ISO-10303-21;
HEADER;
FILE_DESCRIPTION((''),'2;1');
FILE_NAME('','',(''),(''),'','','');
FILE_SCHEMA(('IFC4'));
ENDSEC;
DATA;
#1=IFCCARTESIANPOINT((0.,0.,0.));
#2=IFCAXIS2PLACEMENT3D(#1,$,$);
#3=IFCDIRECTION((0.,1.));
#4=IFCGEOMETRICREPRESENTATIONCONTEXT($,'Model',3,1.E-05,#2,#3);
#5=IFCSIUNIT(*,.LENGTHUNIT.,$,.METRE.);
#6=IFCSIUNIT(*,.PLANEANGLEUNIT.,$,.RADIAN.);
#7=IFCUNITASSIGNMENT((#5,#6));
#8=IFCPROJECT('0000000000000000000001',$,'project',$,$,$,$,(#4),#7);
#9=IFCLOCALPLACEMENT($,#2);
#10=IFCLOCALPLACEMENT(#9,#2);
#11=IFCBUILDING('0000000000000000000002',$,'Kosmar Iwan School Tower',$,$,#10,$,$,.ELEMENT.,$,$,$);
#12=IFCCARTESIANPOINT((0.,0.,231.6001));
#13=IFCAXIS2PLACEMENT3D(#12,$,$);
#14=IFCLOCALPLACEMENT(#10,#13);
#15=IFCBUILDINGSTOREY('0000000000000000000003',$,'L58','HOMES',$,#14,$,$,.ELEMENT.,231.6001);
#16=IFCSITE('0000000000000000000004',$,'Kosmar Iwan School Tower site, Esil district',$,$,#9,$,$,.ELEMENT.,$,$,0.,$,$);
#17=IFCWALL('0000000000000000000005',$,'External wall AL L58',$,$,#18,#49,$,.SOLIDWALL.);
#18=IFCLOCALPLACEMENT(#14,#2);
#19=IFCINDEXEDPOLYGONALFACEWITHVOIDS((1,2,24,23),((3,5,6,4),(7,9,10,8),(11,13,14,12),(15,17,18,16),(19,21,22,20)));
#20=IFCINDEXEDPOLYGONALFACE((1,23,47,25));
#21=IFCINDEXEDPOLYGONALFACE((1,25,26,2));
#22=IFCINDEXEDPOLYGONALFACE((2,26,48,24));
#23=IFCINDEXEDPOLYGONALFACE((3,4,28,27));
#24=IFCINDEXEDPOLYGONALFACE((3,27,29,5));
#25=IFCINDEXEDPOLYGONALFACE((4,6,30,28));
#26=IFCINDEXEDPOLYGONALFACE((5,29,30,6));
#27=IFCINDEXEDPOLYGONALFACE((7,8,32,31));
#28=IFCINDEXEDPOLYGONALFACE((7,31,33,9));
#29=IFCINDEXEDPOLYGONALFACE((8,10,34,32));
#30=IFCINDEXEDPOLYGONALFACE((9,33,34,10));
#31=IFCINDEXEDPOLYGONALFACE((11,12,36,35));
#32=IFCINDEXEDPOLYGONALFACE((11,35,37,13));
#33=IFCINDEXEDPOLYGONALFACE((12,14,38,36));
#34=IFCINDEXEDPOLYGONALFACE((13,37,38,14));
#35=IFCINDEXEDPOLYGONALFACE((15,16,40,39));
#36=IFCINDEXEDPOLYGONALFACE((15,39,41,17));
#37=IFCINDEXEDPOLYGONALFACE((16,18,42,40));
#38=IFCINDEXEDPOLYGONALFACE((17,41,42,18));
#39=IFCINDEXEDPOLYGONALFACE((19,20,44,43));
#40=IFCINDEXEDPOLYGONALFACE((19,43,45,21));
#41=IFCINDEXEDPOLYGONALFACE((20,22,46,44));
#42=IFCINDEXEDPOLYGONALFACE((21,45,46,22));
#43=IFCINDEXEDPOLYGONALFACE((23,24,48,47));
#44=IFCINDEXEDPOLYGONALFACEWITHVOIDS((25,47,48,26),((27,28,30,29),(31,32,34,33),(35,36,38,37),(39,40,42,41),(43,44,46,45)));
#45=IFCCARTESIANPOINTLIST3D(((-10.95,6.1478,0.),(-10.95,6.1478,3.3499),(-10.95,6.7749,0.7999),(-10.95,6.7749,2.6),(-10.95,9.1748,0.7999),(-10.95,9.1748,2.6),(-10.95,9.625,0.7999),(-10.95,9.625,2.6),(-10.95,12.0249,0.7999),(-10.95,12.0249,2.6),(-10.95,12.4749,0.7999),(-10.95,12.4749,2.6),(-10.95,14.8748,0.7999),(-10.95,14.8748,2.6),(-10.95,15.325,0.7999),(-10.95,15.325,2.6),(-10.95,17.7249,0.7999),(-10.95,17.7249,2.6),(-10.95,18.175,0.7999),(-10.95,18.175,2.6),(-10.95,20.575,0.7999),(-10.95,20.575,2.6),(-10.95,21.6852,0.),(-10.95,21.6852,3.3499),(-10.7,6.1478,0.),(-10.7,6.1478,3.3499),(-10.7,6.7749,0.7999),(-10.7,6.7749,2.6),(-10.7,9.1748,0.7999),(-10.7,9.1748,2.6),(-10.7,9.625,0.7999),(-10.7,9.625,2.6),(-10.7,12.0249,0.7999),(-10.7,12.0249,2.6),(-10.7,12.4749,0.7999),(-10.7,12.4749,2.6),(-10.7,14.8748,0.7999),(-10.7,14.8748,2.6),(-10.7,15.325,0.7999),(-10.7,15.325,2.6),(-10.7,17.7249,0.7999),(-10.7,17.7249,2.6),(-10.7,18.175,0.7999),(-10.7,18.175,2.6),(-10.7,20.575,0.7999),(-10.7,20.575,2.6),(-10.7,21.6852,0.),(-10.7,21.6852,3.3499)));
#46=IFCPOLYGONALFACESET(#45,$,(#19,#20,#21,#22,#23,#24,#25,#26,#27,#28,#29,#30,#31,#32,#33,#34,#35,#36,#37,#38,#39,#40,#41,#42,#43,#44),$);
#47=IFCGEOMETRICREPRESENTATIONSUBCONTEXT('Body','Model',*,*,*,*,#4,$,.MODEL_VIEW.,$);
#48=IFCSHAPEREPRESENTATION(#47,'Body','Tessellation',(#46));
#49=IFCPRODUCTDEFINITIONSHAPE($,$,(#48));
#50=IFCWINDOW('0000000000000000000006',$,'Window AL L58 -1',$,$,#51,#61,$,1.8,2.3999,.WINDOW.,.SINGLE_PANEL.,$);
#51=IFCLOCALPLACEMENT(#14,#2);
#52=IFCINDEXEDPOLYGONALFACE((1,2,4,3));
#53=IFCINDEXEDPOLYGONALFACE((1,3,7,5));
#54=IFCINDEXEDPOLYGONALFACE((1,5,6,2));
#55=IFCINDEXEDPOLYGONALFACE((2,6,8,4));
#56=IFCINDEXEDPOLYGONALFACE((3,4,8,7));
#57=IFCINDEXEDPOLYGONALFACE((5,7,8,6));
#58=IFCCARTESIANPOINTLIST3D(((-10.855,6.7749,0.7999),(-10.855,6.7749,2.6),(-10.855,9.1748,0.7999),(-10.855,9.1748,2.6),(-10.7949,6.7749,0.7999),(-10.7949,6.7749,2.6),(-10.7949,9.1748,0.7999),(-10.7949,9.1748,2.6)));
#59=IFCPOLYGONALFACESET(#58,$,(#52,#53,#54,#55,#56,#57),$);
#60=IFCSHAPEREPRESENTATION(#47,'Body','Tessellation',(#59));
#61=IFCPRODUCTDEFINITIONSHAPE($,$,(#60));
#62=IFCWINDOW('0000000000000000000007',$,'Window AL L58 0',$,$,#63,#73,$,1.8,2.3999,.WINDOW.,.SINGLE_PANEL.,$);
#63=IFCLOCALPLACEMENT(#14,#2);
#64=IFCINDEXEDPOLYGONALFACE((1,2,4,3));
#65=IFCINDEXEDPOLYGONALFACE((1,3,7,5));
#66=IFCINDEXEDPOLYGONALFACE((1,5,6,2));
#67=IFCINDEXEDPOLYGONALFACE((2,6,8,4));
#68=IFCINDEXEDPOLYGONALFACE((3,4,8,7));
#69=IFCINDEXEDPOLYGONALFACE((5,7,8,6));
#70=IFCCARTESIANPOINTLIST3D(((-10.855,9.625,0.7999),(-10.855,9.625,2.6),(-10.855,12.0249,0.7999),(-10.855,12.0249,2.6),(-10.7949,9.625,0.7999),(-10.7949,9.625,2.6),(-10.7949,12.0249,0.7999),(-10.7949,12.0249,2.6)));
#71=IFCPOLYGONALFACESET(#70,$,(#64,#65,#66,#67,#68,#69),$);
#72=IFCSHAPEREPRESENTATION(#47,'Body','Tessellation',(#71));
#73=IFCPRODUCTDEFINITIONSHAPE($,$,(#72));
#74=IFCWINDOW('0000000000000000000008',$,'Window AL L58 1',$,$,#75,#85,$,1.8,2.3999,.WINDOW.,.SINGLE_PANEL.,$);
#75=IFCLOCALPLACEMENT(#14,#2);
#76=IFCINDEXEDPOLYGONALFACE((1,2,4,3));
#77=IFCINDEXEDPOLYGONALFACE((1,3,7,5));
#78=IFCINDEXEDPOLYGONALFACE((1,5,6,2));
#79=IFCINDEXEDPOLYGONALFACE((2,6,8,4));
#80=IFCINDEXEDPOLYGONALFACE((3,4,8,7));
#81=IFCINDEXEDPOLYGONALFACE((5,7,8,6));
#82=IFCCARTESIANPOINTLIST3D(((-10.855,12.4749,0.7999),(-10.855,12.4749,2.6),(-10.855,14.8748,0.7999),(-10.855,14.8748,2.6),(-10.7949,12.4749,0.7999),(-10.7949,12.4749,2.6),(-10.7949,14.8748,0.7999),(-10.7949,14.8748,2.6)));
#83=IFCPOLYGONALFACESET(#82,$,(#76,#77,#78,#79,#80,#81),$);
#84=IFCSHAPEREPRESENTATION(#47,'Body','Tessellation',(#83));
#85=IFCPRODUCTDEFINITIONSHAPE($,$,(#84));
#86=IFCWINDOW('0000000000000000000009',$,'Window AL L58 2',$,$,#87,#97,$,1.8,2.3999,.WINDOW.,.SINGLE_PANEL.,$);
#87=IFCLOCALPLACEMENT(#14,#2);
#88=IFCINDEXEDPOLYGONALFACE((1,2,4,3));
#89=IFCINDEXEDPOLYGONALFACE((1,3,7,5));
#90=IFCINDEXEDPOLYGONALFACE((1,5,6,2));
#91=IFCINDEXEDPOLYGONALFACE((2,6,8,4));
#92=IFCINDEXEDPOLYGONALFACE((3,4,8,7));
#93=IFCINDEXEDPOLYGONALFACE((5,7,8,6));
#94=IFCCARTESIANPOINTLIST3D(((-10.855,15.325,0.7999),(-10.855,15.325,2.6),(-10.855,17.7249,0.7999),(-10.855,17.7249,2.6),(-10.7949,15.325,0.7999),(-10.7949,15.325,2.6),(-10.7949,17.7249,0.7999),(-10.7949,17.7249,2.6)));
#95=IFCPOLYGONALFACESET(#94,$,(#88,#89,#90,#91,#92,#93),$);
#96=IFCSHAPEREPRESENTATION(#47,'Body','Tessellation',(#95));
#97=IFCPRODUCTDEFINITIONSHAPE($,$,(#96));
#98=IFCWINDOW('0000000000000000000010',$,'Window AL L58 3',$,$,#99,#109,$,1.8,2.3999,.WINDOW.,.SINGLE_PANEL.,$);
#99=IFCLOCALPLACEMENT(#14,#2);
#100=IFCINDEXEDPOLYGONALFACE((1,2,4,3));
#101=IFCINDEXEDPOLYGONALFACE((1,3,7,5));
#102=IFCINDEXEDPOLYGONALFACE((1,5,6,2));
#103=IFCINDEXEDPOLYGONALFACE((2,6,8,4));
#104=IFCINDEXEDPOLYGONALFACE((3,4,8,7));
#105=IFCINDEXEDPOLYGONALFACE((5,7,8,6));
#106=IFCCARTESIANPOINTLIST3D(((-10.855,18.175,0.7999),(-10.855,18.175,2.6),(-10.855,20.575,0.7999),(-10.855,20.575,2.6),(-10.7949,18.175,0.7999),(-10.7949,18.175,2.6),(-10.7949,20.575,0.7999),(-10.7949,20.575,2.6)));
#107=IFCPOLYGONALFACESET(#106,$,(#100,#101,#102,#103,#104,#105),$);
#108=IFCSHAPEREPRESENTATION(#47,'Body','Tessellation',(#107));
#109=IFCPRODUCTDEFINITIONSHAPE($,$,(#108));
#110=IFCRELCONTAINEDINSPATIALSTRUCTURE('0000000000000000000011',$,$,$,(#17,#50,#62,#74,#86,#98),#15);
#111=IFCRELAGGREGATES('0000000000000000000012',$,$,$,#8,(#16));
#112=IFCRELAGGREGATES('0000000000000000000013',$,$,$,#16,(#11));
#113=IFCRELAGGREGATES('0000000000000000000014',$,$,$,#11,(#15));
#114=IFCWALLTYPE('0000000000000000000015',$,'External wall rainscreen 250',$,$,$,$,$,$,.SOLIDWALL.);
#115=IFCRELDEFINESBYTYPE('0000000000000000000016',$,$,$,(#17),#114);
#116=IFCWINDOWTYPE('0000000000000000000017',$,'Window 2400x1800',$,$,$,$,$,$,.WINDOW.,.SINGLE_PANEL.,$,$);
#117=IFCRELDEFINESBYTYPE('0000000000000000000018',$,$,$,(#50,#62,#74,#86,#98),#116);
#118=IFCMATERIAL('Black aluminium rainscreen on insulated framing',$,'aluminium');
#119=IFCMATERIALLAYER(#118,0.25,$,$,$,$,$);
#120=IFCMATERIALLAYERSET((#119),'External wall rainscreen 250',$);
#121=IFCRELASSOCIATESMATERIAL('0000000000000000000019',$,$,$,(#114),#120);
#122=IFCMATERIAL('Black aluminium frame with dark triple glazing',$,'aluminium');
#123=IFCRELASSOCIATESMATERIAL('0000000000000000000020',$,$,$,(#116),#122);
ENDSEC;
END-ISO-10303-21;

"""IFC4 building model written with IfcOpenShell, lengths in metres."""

from ifc_helpers import new_model, si_unit, direction, frame, frame_2d, origin, place, context, subcontext, project, spatial, rectangle, extrude, material, layer, layer_set, type_object, element, fill, save


model = new_model("IFC4")

# Units and contexts
model_context = context("Model", 3, precision=1e-05, world=origin(), true_north=direction((0.0, 1.0)))
body_context = subcontext(model_context, "Body", "Model", "MODEL_VIEW")
ifc_project = project(units=[si_unit("LENGTHUNIT", "METRE"), si_unit("PLANEANGLEUNIT", "RADIAN")], contexts=[model_context])

# Site, building, storey
site_placement = place(None, origin())
site = spatial("IfcSite", under=ifc_project, at=site_placement, Name="Kosmar Iwan School Tower site, Esil district", CompositionType="ELEMENT", RefElevation=0.0)
building_placement = place(site_placement, origin())
building = spatial("IfcBuilding", under=site, at=building_placement, Name="Kosmar Iwan School Tower", CompositionType="ELEMENT")
storey_placement = place(building_placement, frame((0.0, 0.0, 231.6001)))
storey = spatial("IfcBuildingStorey", under=building, at=storey_placement, Name="L58", Description="HOMES", CompositionType="ELEMENT", Elevation=231.6001)

# Wall, openings, windows
ifc_material_1 = material(Name="Black aluminium rainscreen on insulated framing", Category="aluminium")
ifc_layer_1 = layer(ifc_material_1, 0.25)
ifc_layer_set_1 = layer_set([ifc_layer_1], Name="External wall rainscreen 250")
wall_type_1 = type_object("IfcWallType", Name="External wall rainscreen 250", PredefinedType="SOLIDWALL", material=ifc_layer_set_1)
wall_1_placement = place(storey_placement, frame((-10.825, 6.1479, 0.0), z_axis=(0.0, 0.0, 1.0), x_axis=(0.0, 1.0, 0.0)))
wall_1 = element("IfcWall", 1, at=wall_1_placement, inside=storey, type_object=wall_type_1, Name="External wall AL L58", PredefinedType="SOLIDWALL", context=body_context, shape_type="SweptSolid", body=[
    extrude(rectangle(XDim=15.5374, YDim=0.25, at=frame_2d((7.7686, 0.0))), origin(), (0.0, 0.0, 1.0), 3.3499),
])
opening_1_placement = place(wall_1_placement, frame((0.627, 0.0, 0.8)))
opening_1 = element("IfcOpeningElement", 2, at=opening_1_placement, cuts=wall_1, PredefinedType="OPENING", context=body_context, shape_type="SweptSolid", body=[
    extrude(rectangle(XDim=2.3999, YDim=1.8, at=frame_2d((1.2, 0.8999))), frame((0.0, 0.137, 0.0), z_axis=(0.0, -1.0, 0.0), x_axis=(1.0, 0.0, 0.0)), (0.0, 0.0, 1.0), 0.2739),
])
opening_2_placement = place(wall_1_placement, frame((3.4771, 0.0, 0.8)))
opening_2 = element("IfcOpeningElement", 3, at=opening_2_placement, cuts=wall_1, PredefinedType="OPENING", context=body_context, shape_type="SweptSolid", body=[
    extrude(rectangle(XDim=2.3999, YDim=1.8, at=frame_2d((1.2, 0.8999))), frame((0.0, 0.137, 0.0), z_axis=(0.0, -1.0, 0.0), x_axis=(1.0, 0.0, 0.0)), (0.0, 0.0, 1.0), 0.2739),
])
opening_3_placement = place(wall_1_placement, frame((6.3269, 0.0, 0.8)))
opening_3 = element("IfcOpeningElement", 4, at=opening_3_placement, cuts=wall_1, PredefinedType="OPENING", context=body_context, shape_type="SweptSolid", body=[
    extrude(rectangle(XDim=2.3999, YDim=1.8, at=frame_2d((1.2, 0.8999))), frame((0.0, 0.137, 0.0), z_axis=(0.0, -1.0, 0.0), x_axis=(1.0, 0.0, 0.0)), (0.0, 0.0, 1.0), 0.2739),
])
opening_4_placement = place(wall_1_placement, frame((9.177, 0.0, 0.8)))
opening_4 = element("IfcOpeningElement", 5, at=opening_4_placement, cuts=wall_1, PredefinedType="OPENING", context=body_context, shape_type="SweptSolid", body=[
    extrude(rectangle(XDim=2.3999, YDim=1.8, at=frame_2d((1.2, 0.8999))), frame((0.0, 0.137, 0.0), z_axis=(0.0, -1.0, 0.0), x_axis=(1.0, 0.0, 0.0)), (0.0, 0.0, 1.0), 0.2739),
])
opening_5_placement = place(wall_1_placement, frame((12.0271, 0.0, 0.8)))
opening_5 = element("IfcOpeningElement", 6, at=opening_5_placement, cuts=wall_1, PredefinedType="OPENING", context=body_context, shape_type="SweptSolid", body=[
    extrude(rectangle(XDim=2.3999, YDim=1.8, at=frame_2d((1.2, 0.8999))), frame((0.0, 0.137, 0.0), z_axis=(0.0, -1.0, 0.0), x_axis=(1.0, 0.0, 0.0)), (0.0, 0.0, 1.0), 0.2739),
])
ifc_material_2 = material(Name="Black aluminium frame with dark triple glazing", Category="aluminium")
window_type = type_object("IfcWindowType", Name="Window 2400x1800", PartitioningType="SINGLE_PANEL", PredefinedType="WINDOW", material=ifc_material_2)
window_1_placement = place(opening_1_placement, origin())
window_1 = element("IfcWindow", 7, at=window_1_placement, inside=storey, type_object=window_type, Name="Window AL L58 -1", OverallHeight=1.8, OverallWidth=2.3999, PartitioningType="SINGLE_PANEL", PredefinedType="WINDOW", context=body_context, shape_type="SweptSolid", body=[
    extrude(rectangle(XDim=2.3999, YDim=1.8, at=frame_2d((1.2, 0.8999))), frame((0.0, 0.03, 0.0), z_axis=(0.0, -1.0, 0.0), x_axis=(1.0, 0.0, 0.0)), (0.0, 0.0, 1.0), 0.0601),
])
fill(opening_1, window_1)
window_2_placement = place(opening_2_placement, origin())
window_2 = element("IfcWindow", 8, at=window_2_placement, inside=storey, type_object=window_type, Name="Window AL L58 0", OverallHeight=1.8, OverallWidth=2.3999, PartitioningType="SINGLE_PANEL", PredefinedType="WINDOW", context=body_context, shape_type="SweptSolid", body=[
    extrude(rectangle(XDim=2.3999, YDim=1.8, at=frame_2d((1.2, 0.8999))), frame((0.0, 0.03, 0.0), z_axis=(0.0, -1.0, 0.0), x_axis=(1.0, 0.0, 0.0)), (0.0, 0.0, 1.0), 0.0601),
])
fill(opening_2, window_2)
window_3_placement = place(opening_3_placement, origin())
window_3 = element("IfcWindow", 9, at=window_3_placement, inside=storey, type_object=window_type, Name="Window AL L58 1", OverallHeight=1.8, OverallWidth=2.3999, PartitioningType="SINGLE_PANEL", PredefinedType="WINDOW", context=body_context, shape_type="SweptSolid", body=[
    extrude(rectangle(XDim=2.3999, YDim=1.8, at=frame_2d((1.2, 0.8999))), frame((0.0, 0.03, 0.0), z_axis=(0.0, -1.0, 0.0), x_axis=(1.0, 0.0, 0.0)), (0.0, 0.0, 1.0), 0.0601),
])
fill(opening_3, window_3)
window_4_placement = place(opening_4_placement, origin())
window_4 = element("IfcWindow", 10, at=window_4_placement, inside=storey, type_object=window_type, Name="Window AL L58 2", OverallHeight=1.8, OverallWidth=2.3999, PartitioningType="SINGLE_PANEL", PredefinedType="WINDOW", context=body_context, shape_type="SweptSolid", body=[
    extrude(rectangle(XDim=2.3999, YDim=1.8, at=frame_2d((1.2, 0.8999))), frame((0.0, 0.03, 0.0), z_axis=(0.0, -1.0, 0.0), x_axis=(1.0, 0.0, 0.0)), (0.0, 0.0, 1.0), 0.0601),
])
fill(opening_4, window_4)
window_5_placement = place(opening_5_placement, origin())
window_5 = element("IfcWindow", 11, at=window_5_placement, inside=storey, type_object=window_type, Name="Window AL L58 3", OverallHeight=1.8, OverallWidth=2.3999, PartitioningType="SINGLE_PANEL", PredefinedType="WINDOW", context=body_context, shape_type="SweptSolid", body=[
    extrude(rectangle(XDim=2.3999, YDim=1.8, at=frame_2d((1.2, 0.8999))), frame((0.0, 0.03, 0.0), z_axis=(0.0, -1.0, 0.0), x_axis=(1.0, 0.0, 0.0)), (0.0, 0.0, 1.0), 0.0601),
])
fill(opening_5, window_5)

save(model, "model.ifc")
